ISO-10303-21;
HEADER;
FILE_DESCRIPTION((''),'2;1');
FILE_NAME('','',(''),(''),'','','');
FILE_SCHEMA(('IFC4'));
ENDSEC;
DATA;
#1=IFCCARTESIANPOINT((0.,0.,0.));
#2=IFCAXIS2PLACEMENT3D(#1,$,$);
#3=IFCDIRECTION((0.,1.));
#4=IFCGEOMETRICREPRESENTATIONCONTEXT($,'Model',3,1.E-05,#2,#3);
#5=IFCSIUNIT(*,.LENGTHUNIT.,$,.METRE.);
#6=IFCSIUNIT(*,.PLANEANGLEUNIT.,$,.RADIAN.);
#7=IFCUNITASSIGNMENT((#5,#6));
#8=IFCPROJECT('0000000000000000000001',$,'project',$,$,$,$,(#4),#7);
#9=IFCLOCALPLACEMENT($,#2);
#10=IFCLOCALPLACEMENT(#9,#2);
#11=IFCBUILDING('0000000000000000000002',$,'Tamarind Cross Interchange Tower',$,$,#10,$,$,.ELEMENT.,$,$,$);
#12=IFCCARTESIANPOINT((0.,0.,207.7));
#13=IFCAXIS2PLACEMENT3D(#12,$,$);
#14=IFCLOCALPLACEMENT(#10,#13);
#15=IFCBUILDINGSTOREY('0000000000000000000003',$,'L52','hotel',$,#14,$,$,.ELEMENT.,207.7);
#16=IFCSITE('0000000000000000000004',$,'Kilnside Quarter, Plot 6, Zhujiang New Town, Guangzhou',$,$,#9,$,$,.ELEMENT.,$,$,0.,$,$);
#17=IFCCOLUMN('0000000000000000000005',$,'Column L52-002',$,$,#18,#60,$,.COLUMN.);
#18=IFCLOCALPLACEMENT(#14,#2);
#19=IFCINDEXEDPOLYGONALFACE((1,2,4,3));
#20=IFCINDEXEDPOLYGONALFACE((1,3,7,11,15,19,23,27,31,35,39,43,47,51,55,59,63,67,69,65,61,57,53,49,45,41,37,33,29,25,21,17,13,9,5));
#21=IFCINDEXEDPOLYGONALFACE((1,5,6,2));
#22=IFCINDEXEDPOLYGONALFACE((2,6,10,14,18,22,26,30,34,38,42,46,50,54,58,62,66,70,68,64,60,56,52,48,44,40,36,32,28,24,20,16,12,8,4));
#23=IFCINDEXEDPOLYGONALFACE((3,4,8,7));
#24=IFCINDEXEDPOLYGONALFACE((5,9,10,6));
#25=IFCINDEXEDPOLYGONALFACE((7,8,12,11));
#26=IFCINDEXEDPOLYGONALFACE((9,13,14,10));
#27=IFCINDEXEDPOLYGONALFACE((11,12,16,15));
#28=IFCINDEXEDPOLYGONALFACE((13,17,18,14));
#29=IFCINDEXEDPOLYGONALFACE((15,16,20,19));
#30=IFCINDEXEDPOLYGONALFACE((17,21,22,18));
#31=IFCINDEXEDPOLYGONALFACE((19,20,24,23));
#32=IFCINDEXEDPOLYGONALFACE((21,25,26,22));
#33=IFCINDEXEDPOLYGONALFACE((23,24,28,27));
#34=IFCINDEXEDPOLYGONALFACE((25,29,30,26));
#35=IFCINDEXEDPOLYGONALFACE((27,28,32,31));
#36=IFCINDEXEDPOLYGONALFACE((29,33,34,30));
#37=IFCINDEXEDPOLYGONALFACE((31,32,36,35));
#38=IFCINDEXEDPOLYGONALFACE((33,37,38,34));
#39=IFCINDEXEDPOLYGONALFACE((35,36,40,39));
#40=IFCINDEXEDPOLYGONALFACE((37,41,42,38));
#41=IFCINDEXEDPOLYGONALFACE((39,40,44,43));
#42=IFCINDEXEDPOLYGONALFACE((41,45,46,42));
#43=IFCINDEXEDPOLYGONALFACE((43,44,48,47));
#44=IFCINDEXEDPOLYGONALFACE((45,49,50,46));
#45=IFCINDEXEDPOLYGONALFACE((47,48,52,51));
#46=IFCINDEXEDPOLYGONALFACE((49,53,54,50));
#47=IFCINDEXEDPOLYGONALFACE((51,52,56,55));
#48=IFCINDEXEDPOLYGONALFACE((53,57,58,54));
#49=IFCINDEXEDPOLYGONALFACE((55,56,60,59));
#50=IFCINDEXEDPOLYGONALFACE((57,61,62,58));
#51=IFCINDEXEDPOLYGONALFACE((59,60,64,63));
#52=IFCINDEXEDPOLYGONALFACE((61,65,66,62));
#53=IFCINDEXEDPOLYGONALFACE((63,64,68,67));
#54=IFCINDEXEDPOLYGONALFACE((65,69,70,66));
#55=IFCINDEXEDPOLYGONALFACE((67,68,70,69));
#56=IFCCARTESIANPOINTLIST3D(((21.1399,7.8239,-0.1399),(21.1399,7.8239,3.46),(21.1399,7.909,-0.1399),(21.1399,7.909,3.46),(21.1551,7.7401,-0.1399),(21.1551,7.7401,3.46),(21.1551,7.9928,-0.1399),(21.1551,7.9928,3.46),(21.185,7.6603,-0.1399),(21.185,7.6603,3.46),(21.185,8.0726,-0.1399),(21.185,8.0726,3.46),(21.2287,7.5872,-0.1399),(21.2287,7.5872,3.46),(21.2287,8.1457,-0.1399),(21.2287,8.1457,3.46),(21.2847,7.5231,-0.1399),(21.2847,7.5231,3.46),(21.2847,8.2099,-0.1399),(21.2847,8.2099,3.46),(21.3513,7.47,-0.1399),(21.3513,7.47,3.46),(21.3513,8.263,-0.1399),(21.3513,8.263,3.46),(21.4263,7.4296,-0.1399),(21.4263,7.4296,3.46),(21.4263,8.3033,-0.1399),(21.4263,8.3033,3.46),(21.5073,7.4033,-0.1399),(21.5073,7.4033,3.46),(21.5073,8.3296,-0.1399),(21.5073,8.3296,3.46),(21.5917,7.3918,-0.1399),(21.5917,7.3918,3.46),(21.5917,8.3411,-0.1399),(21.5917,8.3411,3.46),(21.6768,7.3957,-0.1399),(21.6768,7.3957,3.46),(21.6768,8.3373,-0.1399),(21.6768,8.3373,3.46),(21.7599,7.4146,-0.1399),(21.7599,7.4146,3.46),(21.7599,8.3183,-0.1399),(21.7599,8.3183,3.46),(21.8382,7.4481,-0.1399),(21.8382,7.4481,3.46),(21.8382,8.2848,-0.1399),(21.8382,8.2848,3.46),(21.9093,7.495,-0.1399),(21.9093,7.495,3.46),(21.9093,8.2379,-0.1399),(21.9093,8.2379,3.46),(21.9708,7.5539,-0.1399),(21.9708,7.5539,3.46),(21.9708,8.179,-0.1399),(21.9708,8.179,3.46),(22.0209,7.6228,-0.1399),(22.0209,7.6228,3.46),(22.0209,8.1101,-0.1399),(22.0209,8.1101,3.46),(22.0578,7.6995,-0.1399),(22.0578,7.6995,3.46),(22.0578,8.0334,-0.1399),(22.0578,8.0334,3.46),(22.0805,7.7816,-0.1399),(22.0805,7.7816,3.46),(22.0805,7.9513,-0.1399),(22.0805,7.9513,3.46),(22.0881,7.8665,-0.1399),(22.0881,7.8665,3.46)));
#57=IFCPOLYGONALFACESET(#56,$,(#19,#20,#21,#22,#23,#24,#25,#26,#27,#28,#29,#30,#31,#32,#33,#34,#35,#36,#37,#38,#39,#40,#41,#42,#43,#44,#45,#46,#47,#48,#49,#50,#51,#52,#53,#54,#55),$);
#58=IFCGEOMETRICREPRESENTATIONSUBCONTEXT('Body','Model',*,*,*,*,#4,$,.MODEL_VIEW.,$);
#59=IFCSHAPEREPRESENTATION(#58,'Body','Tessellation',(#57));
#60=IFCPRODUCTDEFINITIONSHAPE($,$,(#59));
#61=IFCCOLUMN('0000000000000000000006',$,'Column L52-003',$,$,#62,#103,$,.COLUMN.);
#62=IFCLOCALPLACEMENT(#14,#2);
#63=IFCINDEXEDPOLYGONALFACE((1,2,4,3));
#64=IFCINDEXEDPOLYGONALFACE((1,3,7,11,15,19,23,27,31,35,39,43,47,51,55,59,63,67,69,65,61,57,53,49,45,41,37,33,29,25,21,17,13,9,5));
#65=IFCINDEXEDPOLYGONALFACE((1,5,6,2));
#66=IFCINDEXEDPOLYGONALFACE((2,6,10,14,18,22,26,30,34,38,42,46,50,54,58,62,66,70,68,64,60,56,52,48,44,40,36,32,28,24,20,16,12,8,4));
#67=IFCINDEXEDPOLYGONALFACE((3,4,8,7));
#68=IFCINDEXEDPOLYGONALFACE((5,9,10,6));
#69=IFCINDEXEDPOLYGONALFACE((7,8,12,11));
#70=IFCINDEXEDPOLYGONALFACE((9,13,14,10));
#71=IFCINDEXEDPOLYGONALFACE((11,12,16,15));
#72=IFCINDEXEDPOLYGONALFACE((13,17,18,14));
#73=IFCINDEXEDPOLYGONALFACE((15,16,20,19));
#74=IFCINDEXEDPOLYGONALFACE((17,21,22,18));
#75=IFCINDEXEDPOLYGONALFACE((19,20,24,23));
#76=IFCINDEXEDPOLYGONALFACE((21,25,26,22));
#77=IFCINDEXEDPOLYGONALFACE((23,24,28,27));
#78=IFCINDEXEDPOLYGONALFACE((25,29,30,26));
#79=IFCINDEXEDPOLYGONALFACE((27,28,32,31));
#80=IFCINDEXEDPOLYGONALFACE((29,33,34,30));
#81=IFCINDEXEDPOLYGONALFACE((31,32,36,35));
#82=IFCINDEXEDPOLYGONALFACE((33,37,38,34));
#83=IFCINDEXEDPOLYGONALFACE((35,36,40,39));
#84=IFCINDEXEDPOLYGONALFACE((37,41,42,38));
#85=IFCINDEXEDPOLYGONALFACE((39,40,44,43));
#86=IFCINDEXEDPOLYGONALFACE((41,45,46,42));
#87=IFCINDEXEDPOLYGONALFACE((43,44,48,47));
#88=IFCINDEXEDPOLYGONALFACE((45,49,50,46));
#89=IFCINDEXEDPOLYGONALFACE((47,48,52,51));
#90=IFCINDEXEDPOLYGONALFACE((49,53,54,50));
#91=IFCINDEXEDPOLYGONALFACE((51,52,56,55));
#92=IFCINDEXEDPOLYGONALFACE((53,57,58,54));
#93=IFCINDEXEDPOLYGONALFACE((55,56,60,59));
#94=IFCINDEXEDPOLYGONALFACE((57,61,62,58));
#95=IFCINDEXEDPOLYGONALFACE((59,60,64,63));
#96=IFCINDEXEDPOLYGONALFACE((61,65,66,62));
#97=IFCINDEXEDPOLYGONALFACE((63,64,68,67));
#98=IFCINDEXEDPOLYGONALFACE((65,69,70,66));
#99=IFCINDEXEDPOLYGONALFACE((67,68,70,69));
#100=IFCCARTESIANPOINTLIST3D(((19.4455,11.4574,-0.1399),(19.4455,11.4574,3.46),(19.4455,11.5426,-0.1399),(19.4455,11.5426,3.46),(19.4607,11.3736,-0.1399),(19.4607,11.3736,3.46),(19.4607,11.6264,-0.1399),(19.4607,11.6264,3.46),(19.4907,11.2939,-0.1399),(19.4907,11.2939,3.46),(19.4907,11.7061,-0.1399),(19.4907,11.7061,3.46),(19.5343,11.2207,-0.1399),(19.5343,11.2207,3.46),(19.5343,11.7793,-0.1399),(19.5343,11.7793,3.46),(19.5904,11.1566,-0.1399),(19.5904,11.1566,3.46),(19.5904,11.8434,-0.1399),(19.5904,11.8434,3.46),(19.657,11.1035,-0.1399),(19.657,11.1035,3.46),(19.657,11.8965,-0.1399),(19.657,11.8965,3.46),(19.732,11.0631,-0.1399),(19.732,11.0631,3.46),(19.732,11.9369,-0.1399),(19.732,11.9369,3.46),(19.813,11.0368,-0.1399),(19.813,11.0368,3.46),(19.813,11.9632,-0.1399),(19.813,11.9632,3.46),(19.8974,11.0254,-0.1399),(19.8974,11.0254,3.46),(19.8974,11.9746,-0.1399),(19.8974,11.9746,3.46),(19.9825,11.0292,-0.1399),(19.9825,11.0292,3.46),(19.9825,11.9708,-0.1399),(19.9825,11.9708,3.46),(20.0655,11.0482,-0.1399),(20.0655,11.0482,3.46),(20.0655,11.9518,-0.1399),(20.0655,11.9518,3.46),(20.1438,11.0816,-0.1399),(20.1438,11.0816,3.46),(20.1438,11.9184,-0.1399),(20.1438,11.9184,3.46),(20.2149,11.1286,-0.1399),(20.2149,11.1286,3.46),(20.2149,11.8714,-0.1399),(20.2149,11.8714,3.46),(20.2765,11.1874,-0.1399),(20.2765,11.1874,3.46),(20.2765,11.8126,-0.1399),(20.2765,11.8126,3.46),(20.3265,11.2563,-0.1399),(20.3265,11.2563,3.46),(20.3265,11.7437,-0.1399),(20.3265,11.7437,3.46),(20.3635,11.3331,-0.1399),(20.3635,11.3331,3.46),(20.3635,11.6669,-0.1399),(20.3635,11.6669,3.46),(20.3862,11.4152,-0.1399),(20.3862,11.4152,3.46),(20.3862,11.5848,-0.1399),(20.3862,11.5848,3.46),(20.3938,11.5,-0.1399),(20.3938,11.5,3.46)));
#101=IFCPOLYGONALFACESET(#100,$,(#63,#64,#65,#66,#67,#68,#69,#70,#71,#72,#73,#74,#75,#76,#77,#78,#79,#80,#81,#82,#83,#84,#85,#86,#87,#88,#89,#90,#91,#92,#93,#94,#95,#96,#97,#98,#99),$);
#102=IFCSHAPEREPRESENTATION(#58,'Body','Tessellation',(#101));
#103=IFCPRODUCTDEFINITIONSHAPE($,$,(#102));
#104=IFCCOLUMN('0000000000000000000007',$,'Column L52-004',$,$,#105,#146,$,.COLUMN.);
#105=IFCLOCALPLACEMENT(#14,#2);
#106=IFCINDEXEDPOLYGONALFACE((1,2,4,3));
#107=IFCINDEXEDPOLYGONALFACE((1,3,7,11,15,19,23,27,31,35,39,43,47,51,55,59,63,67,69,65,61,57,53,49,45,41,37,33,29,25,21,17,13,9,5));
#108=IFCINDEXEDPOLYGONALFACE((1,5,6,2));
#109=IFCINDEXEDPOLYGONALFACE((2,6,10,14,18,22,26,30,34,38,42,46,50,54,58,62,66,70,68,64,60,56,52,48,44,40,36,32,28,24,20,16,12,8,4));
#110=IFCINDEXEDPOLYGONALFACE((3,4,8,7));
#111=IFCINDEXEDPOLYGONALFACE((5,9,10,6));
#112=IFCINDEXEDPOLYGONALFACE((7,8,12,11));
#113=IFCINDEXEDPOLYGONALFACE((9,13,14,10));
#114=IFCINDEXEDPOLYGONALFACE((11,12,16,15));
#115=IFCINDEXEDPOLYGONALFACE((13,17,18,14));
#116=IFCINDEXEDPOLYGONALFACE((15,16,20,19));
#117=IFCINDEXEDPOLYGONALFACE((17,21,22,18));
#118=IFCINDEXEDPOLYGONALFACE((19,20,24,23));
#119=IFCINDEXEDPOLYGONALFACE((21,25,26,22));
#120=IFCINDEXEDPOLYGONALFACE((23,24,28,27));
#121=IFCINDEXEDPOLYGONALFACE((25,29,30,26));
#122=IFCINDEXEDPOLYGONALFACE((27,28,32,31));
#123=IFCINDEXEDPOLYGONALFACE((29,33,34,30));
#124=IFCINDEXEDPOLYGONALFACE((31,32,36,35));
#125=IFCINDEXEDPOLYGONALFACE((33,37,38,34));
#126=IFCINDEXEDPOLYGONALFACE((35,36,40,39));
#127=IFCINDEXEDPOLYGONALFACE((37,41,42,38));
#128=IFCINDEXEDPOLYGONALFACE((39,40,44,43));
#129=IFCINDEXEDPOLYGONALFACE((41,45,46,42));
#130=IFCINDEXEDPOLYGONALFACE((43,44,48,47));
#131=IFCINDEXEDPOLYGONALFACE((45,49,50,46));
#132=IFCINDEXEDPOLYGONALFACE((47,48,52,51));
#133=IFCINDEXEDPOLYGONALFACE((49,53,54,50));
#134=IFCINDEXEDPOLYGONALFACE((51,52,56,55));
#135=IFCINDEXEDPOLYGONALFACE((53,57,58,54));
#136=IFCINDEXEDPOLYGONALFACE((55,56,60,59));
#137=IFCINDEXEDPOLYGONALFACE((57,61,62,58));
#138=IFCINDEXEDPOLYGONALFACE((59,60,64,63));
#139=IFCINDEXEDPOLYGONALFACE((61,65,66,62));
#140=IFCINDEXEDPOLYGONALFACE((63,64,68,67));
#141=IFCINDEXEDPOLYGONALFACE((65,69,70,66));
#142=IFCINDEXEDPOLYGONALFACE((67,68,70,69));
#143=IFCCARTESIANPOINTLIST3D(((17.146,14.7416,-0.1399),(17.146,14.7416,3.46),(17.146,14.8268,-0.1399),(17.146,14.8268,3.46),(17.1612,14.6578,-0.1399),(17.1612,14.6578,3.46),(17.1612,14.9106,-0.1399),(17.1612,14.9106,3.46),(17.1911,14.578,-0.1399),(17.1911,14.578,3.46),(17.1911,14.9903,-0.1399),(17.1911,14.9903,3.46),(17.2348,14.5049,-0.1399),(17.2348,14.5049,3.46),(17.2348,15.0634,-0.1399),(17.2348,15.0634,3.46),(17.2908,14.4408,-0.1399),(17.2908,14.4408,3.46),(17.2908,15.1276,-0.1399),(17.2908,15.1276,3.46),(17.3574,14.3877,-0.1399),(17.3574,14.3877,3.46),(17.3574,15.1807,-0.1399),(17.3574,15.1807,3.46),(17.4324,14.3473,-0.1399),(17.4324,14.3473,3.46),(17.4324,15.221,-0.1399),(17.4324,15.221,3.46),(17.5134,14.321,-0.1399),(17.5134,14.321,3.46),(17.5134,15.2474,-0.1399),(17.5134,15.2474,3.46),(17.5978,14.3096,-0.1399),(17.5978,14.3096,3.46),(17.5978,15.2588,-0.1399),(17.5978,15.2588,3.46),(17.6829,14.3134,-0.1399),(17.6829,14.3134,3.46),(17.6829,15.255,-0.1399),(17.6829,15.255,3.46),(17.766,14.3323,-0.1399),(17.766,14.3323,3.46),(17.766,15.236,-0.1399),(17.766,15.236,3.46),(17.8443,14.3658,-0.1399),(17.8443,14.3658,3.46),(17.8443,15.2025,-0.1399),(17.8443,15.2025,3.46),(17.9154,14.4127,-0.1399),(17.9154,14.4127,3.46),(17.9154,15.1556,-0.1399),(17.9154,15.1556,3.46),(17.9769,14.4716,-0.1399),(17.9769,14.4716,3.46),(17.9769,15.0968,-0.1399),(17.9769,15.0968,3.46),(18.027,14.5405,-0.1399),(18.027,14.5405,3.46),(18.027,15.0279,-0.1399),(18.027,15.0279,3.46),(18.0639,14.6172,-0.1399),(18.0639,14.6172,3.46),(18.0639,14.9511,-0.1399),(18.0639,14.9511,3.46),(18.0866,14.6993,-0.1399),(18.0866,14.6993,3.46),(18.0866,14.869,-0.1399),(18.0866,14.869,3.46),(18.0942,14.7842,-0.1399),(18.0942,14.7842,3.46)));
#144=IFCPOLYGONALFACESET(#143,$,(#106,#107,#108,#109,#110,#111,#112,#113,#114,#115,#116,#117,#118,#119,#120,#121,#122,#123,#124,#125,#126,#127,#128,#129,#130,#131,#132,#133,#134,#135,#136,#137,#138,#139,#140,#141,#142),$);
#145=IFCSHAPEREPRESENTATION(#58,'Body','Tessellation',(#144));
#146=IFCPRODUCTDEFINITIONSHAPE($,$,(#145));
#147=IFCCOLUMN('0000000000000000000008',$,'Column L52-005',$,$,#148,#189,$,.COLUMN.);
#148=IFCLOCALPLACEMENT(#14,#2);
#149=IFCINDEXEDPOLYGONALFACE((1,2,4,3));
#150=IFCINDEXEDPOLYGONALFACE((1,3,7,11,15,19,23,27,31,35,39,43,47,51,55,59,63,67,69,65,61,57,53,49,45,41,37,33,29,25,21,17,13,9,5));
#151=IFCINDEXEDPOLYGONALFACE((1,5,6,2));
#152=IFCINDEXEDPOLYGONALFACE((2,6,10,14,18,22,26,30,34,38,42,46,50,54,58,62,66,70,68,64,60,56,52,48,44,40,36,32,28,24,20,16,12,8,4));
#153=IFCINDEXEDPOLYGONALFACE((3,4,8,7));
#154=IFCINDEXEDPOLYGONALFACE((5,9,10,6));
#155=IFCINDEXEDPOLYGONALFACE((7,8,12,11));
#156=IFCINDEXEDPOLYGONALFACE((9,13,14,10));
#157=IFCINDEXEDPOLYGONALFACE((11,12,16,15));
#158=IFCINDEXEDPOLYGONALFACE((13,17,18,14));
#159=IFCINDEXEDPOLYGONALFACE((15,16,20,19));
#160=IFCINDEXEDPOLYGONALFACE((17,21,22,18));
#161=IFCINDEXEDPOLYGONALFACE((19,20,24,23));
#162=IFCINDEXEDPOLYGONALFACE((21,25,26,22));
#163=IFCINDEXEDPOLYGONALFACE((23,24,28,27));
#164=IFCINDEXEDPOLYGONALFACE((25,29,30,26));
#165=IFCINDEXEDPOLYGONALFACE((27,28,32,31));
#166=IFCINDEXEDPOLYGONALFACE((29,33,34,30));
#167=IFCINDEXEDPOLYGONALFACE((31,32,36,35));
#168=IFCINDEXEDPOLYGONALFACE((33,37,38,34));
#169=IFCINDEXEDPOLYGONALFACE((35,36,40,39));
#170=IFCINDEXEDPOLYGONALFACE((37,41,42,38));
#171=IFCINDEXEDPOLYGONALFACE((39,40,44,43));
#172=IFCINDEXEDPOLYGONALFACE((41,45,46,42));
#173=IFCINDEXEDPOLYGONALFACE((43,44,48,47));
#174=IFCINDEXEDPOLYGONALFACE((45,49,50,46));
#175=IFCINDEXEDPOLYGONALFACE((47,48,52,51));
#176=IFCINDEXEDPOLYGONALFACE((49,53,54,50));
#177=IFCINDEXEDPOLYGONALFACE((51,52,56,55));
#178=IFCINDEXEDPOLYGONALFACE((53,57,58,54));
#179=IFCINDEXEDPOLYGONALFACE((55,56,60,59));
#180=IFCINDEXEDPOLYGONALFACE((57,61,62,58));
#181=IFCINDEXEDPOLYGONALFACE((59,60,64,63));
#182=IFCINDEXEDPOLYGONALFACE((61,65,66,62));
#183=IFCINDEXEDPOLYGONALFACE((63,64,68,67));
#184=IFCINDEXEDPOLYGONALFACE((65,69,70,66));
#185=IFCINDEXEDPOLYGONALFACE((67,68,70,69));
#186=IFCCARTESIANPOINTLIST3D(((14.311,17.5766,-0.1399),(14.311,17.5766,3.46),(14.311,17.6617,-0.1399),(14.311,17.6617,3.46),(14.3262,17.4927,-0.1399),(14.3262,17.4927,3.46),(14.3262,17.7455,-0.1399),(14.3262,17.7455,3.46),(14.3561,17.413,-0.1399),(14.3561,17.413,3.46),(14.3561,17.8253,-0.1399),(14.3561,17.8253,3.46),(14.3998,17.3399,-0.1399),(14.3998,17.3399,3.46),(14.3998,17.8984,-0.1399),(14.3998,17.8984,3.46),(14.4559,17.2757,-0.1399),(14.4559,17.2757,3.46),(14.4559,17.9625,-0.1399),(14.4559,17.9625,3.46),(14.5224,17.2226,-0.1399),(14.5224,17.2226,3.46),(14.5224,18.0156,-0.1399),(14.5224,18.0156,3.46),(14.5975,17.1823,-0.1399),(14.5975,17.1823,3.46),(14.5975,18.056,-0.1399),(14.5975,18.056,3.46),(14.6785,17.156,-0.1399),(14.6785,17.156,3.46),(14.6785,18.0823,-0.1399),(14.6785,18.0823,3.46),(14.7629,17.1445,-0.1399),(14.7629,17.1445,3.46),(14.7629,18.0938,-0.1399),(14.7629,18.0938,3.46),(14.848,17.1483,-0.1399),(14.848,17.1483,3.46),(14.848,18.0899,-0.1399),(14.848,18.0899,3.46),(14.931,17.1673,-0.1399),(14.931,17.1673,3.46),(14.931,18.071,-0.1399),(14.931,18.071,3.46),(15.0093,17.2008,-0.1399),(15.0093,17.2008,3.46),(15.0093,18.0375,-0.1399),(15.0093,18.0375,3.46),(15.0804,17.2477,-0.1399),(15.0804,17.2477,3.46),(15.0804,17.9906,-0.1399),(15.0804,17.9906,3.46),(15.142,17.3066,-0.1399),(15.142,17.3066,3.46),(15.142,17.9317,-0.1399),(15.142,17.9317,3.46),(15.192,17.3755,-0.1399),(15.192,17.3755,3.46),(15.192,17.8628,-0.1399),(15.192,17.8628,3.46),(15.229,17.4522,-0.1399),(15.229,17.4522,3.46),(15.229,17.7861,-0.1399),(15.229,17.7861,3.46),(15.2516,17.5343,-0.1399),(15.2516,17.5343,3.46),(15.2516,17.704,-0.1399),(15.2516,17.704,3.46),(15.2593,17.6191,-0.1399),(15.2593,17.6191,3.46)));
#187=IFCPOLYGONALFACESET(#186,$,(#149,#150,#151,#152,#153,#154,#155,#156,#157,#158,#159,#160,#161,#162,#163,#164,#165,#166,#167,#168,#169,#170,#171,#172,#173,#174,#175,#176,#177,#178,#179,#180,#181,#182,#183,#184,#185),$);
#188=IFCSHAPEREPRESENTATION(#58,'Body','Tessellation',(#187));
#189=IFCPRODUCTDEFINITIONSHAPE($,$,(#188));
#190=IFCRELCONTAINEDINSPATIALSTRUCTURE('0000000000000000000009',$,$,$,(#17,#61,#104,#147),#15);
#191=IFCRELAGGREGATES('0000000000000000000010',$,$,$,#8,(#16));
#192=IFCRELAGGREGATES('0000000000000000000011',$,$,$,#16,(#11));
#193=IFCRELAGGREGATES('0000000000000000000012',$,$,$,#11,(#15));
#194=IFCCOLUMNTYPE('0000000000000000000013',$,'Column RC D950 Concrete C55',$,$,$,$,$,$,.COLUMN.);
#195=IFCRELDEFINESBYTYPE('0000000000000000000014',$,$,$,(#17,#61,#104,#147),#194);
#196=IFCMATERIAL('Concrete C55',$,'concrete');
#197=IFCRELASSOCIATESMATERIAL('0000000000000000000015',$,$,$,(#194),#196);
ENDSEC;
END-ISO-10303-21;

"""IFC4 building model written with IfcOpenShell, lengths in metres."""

from ifc_helpers import new_model, si_unit, direction, frame, origin, origin_2d, place, context, subcontext, project, spatial, circle, extrude, material, material_profile, profile_set, type_object, element, save


model = new_model("IFC4")

# Units and contexts
model_context = context("Model", 3, precision=1e-05, world=origin(), true_north=direction((0.0, 1.0)))
body_context = subcontext(model_context, "Body", "Model", "MODEL_VIEW")
ifc_project = project(units=[si_unit("LENGTHUNIT", "METRE"), si_unit("PLANEANGLEUNIT", "RADIAN")], contexts=[model_context])

# Site, building, storey
site_placement = place(None, origin())
site = spatial("IfcSite", under=ifc_project, at=site_placement, Name="Kilnside Quarter, Plot 6, Zhujiang New Town, Guangzhou", CompositionType="ELEMENT", RefElevation=0.0)
building_placement = place(site_placement, origin())
building = spatial("IfcBuilding", under=site, at=building_placement, Name="Tamarind Cross Interchange Tower", CompositionType="ELEMENT")
storey_placement = place(building_placement, frame((0.0, 0.0, 207.7)))
storey = spatial("IfcBuildingStorey", under=building, at=storey_placement, Name="L52", Description="hotel", CompositionType="ELEMENT", Elevation=207.7)

# Columns
ifc_material_1 = material(Name="Concrete C55", Category="concrete")
ifc_material_profile_1 = material_profile(ifc_material_1, circle(Radius=0.4751, at=origin_2d()), Name="RC D950")
ifc_profile_set_1 = profile_set([ifc_material_profile_1], Name="Concrete C55")
column_type = type_object("IfcColumnType", Name="Column RC D950 Concrete C55", PredefinedType="COLUMN", material=ifc_profile_set_1)
for number, where, z_axis, x_axis, name in (
    (1, (21.613, 7.8665, -0.1399), (0.0, 0.0, 1.0), (1.0, 0.0, 0.0), "Column L52-002"),
    (2, (19.9187, 11.5, -0.1399), (0.0, 0.0, 1.0), (1.0, 0.0, 0.0), "Column L52-003"),
    (3, (17.6191, 14.7842, -0.1399), (0.0, 0.0, 1.0), (1.0, 0.0, 0.0), "Column L52-004"),
    (4, (14.7842, 17.6191, -0.1399), (0.0, 0.0, 1.0), (1.0, 0.0, 0.0), "Column L52-005"),
):
    element("IfcColumn", number, at=place(storey_placement, frame(where, z_axis=z_axis, x_axis=x_axis)), inside=storey, type_object=column_type, Name=name, PredefinedType="COLUMN", context=body_context, shape_type="SweptSolid", body=[
        extrude(circle(Radius=0.4751, at=origin_2d()), origin(), (0.0, 0.0, 1.0), 3.5999),
    ])

save(model, "model.ifc")
